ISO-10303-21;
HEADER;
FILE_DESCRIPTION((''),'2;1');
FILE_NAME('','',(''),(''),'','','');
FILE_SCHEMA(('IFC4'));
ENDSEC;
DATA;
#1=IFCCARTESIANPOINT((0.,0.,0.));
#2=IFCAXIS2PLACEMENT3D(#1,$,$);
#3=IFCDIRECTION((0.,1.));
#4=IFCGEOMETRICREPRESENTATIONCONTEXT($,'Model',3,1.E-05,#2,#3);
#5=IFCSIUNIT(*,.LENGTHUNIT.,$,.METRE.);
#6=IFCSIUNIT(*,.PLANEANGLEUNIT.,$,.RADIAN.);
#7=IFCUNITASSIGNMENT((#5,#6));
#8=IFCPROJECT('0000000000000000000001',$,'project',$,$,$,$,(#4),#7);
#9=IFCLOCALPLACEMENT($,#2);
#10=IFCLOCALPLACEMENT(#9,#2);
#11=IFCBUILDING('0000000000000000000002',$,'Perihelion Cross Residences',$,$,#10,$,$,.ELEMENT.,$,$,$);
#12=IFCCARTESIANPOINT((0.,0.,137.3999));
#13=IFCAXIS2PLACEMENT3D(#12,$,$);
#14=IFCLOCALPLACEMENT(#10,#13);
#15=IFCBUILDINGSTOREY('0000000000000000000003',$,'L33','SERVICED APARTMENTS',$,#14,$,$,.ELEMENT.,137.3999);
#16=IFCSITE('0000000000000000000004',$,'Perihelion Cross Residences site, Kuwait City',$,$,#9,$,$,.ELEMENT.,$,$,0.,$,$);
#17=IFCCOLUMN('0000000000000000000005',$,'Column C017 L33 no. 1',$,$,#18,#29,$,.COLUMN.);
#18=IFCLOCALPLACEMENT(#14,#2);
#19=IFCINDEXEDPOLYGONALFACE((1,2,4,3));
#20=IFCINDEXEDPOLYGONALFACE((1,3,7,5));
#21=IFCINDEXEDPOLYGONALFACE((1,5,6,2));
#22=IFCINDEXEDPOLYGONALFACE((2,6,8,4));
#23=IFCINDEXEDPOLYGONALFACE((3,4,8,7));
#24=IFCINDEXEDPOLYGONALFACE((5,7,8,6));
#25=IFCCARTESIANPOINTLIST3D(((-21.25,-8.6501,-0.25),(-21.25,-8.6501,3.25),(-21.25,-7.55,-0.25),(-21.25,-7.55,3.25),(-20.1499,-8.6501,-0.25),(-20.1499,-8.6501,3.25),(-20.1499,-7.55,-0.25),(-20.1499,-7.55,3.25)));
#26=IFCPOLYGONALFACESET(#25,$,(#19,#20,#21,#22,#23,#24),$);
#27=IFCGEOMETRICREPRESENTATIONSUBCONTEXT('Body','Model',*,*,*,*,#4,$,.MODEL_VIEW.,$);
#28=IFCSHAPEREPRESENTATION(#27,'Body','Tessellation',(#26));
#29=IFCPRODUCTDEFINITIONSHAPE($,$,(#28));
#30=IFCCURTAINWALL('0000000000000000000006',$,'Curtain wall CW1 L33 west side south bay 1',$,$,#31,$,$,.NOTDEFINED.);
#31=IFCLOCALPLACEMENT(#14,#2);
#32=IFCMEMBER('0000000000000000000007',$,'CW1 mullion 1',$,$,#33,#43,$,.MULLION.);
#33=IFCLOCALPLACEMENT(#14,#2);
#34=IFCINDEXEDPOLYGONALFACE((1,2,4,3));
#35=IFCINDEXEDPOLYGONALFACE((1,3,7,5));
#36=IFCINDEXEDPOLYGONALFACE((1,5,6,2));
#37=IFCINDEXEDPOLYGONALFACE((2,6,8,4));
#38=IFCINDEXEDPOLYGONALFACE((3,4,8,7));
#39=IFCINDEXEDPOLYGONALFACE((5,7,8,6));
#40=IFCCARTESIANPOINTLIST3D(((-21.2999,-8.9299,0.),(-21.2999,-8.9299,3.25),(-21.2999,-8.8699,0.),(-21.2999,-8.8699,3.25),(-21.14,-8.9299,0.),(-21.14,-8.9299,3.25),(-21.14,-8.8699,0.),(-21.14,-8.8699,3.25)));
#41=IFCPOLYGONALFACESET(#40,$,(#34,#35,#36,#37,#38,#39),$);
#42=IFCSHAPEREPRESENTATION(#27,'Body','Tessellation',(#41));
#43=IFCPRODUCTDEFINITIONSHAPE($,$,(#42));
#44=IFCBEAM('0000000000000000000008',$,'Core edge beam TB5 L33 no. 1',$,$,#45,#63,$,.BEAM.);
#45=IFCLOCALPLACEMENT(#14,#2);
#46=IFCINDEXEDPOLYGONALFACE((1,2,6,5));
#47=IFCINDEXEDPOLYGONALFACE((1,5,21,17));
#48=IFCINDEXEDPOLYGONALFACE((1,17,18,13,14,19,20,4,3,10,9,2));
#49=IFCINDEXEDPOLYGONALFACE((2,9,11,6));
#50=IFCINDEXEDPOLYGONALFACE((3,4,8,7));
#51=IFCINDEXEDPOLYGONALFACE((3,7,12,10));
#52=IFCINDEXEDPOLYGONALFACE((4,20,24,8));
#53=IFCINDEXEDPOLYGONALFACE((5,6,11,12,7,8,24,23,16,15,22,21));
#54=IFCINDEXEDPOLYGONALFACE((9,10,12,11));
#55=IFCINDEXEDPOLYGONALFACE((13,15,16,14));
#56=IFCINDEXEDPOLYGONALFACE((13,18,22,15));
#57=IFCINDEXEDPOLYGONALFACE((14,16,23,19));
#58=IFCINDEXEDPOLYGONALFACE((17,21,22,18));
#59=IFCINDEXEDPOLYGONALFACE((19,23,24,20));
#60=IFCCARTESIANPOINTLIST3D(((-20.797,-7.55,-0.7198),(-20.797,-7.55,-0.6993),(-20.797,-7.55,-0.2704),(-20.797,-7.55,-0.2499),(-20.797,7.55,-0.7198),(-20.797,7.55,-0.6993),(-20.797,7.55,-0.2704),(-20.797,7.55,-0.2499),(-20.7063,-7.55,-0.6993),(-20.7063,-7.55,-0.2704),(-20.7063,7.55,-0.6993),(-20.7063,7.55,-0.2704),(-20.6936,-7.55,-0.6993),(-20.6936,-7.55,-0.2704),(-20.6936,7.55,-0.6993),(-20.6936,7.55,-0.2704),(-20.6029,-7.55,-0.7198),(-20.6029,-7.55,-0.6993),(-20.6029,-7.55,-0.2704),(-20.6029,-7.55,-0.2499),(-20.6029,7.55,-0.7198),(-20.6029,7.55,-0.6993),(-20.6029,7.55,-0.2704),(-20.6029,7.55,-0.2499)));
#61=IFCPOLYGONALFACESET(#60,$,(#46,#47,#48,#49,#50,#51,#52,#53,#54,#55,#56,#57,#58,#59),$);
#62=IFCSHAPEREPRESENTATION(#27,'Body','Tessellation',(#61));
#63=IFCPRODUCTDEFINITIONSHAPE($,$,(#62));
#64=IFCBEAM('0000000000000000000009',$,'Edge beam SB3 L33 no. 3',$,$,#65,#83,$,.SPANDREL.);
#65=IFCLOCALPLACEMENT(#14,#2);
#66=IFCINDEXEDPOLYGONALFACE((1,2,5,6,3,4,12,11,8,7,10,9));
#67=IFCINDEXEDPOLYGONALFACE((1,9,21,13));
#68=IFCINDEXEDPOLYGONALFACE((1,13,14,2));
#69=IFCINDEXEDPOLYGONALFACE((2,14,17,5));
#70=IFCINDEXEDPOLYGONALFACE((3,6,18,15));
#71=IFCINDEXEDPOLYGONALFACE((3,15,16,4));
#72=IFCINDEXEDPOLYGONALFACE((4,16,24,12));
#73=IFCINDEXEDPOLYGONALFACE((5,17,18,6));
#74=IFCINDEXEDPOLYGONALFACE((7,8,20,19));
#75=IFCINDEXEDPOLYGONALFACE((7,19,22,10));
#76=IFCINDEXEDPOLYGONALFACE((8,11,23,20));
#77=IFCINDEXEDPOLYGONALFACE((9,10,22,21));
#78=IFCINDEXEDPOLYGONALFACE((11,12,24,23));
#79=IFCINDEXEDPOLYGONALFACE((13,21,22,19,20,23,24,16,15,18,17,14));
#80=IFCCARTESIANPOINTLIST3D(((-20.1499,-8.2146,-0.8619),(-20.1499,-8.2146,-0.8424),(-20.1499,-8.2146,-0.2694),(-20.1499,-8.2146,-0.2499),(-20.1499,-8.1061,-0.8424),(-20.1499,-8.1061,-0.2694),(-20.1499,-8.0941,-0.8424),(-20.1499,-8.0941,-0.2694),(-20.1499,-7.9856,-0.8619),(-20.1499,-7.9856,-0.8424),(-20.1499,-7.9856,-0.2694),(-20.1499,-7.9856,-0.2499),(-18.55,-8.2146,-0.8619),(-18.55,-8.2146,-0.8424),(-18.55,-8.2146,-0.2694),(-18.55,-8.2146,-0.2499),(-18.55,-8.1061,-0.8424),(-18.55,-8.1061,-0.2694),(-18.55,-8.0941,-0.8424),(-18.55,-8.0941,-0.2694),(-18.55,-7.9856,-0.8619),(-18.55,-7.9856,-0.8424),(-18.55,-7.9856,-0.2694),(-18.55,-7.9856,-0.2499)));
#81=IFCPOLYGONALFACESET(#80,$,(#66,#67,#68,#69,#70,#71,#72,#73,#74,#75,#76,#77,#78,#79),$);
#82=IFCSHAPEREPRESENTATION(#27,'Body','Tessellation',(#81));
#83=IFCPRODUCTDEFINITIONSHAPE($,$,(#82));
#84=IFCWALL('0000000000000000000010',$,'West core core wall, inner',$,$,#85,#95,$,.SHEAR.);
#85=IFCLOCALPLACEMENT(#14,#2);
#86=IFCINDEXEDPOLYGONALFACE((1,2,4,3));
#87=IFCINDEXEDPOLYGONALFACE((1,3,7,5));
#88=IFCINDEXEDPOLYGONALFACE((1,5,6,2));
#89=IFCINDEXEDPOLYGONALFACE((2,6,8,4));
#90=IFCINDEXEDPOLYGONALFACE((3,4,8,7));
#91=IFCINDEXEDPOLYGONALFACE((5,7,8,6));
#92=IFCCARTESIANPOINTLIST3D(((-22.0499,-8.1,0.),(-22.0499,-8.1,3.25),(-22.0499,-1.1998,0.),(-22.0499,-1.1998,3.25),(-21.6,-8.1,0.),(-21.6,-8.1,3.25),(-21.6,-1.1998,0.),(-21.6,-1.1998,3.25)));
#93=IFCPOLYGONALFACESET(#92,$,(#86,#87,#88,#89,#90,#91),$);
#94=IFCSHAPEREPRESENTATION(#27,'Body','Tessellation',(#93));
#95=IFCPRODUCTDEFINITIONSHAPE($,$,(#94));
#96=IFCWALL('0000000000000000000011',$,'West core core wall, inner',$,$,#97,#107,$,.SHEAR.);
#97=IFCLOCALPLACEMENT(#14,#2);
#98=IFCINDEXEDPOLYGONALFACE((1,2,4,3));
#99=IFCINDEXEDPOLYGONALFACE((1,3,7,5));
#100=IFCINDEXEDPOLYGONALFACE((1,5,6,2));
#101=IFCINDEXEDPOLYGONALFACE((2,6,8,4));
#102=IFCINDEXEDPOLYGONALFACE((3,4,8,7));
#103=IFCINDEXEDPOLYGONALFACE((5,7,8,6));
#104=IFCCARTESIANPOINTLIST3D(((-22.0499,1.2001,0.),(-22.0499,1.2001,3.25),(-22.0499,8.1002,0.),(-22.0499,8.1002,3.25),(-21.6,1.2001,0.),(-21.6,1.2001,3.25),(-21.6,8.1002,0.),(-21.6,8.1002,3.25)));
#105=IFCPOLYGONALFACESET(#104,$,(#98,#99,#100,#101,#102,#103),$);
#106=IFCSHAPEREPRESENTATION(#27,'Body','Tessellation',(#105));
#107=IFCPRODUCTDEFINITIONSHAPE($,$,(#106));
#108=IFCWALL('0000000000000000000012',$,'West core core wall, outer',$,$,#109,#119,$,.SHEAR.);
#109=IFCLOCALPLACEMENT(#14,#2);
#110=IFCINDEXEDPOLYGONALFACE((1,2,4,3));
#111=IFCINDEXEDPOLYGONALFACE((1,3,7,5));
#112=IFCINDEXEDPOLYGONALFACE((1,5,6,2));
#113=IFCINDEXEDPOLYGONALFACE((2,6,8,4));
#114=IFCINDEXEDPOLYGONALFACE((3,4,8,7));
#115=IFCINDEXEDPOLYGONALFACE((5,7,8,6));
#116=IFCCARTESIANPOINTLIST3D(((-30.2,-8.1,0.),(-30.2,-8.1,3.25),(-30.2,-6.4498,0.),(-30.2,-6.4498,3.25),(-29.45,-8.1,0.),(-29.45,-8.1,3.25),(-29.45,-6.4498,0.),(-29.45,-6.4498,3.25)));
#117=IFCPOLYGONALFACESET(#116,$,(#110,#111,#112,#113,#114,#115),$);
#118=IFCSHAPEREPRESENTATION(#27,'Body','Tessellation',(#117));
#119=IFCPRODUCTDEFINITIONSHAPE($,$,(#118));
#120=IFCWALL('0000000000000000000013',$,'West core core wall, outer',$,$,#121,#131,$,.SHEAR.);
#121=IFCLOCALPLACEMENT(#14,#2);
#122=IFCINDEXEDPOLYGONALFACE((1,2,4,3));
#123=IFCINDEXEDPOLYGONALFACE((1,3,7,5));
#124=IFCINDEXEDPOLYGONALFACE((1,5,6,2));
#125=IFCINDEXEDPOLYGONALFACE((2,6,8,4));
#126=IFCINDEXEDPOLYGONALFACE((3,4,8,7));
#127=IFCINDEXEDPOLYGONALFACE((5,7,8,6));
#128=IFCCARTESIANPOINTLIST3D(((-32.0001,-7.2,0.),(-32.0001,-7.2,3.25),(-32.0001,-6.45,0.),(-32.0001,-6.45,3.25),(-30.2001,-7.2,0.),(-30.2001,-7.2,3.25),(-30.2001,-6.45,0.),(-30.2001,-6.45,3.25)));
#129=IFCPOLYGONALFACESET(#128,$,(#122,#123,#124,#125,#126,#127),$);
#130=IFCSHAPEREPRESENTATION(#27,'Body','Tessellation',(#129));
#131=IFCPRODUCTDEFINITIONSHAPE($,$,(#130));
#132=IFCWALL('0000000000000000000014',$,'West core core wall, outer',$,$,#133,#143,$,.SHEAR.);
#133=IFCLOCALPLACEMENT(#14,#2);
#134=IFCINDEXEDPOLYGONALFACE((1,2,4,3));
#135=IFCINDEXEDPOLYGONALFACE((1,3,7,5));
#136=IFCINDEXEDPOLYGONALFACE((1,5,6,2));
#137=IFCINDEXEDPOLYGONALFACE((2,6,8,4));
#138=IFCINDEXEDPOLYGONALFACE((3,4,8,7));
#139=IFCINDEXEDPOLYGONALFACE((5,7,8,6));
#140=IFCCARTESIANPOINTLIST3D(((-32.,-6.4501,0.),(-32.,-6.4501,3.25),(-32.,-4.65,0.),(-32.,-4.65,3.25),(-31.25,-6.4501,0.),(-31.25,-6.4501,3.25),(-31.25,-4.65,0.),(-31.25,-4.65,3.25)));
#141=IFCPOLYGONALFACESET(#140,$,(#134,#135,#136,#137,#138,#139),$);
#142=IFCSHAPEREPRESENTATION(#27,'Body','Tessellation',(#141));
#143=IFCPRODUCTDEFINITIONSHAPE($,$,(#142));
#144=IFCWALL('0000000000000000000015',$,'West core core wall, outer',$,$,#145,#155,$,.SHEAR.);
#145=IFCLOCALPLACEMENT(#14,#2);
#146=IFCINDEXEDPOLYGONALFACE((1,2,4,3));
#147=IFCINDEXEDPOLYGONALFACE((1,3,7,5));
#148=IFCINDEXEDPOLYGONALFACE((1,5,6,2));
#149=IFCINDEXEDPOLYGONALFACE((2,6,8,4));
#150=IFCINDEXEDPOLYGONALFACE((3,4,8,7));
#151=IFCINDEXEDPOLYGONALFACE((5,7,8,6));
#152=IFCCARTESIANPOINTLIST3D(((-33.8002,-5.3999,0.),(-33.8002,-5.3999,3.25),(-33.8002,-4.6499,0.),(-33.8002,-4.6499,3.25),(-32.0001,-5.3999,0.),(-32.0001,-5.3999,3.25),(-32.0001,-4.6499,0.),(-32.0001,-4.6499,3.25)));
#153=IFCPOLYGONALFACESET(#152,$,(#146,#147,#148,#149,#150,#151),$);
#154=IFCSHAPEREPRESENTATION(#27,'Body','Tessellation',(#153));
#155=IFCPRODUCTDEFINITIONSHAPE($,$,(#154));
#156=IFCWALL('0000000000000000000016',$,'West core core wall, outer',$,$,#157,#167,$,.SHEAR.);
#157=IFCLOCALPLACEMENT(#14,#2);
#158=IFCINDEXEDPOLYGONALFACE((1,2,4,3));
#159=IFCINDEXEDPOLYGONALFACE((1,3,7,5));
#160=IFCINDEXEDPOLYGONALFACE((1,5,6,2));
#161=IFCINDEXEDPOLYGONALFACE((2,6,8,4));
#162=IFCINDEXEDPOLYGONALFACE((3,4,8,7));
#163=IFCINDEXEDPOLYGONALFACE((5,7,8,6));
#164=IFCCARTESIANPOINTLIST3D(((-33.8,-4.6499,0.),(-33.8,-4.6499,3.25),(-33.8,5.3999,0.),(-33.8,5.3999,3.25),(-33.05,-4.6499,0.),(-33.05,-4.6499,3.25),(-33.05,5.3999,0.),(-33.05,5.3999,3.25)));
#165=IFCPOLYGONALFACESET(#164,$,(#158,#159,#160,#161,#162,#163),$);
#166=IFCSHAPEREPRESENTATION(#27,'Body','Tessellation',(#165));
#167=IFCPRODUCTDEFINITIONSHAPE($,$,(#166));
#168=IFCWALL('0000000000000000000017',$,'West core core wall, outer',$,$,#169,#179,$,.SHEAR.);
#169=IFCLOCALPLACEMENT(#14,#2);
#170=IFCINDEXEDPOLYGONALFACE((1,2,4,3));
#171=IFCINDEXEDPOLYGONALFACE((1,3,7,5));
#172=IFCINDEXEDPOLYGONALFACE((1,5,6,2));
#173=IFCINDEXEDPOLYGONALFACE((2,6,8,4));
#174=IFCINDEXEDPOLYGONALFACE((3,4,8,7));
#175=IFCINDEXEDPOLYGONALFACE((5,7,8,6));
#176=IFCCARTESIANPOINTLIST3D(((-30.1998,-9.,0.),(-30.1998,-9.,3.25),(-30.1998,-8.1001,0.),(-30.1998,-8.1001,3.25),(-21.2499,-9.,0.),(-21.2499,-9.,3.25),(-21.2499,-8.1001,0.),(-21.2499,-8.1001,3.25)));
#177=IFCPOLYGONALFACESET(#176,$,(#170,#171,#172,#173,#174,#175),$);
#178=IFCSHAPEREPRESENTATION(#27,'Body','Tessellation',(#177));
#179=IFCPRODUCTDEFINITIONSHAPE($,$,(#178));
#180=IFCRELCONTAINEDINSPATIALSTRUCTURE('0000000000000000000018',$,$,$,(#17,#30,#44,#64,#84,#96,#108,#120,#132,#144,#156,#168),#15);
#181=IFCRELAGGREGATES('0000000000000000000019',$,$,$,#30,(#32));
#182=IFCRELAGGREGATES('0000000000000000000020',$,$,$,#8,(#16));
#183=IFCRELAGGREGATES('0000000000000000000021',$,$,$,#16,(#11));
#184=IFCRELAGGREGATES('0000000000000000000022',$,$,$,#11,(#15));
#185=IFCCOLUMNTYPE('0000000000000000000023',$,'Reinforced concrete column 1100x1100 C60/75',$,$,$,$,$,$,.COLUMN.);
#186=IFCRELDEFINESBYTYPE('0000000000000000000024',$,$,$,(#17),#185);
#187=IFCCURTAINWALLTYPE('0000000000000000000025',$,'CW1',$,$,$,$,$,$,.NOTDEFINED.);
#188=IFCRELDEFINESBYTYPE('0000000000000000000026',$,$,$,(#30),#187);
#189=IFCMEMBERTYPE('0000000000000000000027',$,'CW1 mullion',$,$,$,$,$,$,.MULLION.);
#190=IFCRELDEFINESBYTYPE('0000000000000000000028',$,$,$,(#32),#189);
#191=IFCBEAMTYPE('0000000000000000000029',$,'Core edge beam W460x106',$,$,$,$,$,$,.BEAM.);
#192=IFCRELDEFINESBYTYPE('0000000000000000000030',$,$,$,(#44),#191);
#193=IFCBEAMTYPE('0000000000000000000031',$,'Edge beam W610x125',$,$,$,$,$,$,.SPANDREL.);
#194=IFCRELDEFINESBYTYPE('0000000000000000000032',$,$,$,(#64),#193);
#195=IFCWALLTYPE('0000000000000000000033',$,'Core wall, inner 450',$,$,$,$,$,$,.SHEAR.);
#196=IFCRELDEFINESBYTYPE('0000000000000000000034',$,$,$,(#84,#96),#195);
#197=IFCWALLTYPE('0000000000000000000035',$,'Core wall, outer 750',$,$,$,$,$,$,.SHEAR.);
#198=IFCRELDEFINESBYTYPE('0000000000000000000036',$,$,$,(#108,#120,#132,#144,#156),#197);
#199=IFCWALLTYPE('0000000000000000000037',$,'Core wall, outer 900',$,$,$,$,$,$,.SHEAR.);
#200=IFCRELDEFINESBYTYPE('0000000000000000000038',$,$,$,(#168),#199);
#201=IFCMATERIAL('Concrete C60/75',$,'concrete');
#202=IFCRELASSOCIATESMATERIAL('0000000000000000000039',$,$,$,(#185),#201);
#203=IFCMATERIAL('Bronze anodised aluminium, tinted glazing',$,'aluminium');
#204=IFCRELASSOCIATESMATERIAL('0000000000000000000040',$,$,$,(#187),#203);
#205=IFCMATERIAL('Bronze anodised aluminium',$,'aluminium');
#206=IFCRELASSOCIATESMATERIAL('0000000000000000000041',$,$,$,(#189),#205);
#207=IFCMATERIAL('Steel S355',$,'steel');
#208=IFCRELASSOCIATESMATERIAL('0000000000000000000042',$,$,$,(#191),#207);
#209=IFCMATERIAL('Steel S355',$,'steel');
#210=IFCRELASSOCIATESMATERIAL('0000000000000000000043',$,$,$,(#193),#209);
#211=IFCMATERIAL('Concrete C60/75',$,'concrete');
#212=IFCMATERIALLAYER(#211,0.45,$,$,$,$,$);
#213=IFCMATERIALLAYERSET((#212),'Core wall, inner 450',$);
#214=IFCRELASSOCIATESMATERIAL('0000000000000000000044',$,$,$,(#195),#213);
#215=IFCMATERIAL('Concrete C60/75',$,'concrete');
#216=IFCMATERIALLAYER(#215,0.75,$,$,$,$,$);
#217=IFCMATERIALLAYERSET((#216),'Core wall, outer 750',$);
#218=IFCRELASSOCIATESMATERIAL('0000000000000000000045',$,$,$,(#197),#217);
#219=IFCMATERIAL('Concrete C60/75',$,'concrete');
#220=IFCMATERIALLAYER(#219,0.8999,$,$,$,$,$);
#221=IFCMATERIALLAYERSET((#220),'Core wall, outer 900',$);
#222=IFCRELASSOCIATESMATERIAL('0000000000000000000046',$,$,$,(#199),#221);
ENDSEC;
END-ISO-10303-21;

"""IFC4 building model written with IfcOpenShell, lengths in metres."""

from ifc_helpers import new_model, si_unit, direction, frame, frame_2d, origin, origin_2d, place, context, subcontext, project, spatial, rectangle, i_section, extrude, material, layer, layer_set, material_profile, profile_set, type_object, element, aggregate, save


model = new_model("IFC4")

# Units and contexts
model_context = context("Model", 3, precision=1e-05, world=origin(), true_north=direction((0.0, 1.0)))
body_context = subcontext(model_context, "Body", "Model", "MODEL_VIEW")
ifc_project = project(units=[si_unit("LENGTHUNIT", "METRE"), si_unit("PLANEANGLEUNIT", "RADIAN")], contexts=[model_context])

# Site, building, storey
site_placement = place(None, origin())
site = spatial("IfcSite", under=ifc_project, at=site_placement, Name="Perihelion Cross Residences site, Kuwait City", CompositionType="ELEMENT", RefElevation=0.0)
building_placement = place(site_placement, origin())
building = spatial("IfcBuilding", under=site, at=building_placement, Name="Perihelion Cross Residences", CompositionType="ELEMENT")
storey_placement = place(building_placement, frame((0.0, 0.0, 137.3999)))
storey = spatial("IfcBuildingStorey", under=building, at=storey_placement, Name="L33", Description="SERVICED APARTMENTS", CompositionType="ELEMENT", Elevation=137.3999)

# Column
ifc_material_1 = material(Name="Concrete C60/75", Category="concrete")
ifc_material_profile_1 = material_profile(ifc_material_1, rectangle(XDim=1.1001, YDim=1.1001, at=origin_2d()), Name="RC 1100x1100")
ifc_profile_set_1 = profile_set([ifc_material_profile_1], Name="Concrete C60/75")
column_type = type_object("IfcColumnType", Name="Reinforced concrete column 1100x1100 C60/75", PredefinedType="COLUMN", material=ifc_profile_set_1)
column_placement = place(storey_placement, frame((-20.7, -8.1001, -0.25), z_axis=(0.0, 0.0, 1.0), x_axis=(1.0, 0.0, 0.0)))
element("IfcColumn", 1, at=column_placement, inside=storey, type_object=column_type, Name="Column C017 L33 no. 1", PredefinedType="COLUMN", context=body_context, shape_type="SweptSolid", body=[
    extrude(rectangle(XDim=1.1001, YDim=1.1001, at=origin_2d()), origin(), (0.0, 0.0, 1.0), 3.5),
])

# Curtain wall, member
ifc_material_2 = material(Name="Bronze anodised aluminium, tinted glazing", Category="aluminium")
curtain_wall_type = type_object("IfcCurtainWallType", Name="CW1", PredefinedType="NOTDEFINED", material=ifc_material_2)
curtain_wall_placement = place(storey_placement, origin())
curtain_wall = element("IfcCurtainWall", 2, at=curtain_wall_placement, inside=storey, type_object=curtain_wall_type, Name="Curtain wall CW1 L33 west side south bay 1", PredefinedType="NOTDEFINED")
ifc_material_3 = material(Name="Bronze anodised aluminium", Category="aluminium")
ifc_material_profile_2 = material_profile(ifc_material_3, rectangle(XDim=0.0601, YDim=0.1599, at=origin_2d()), Name="CW1 mullion")
ifc_profile_set_2 = profile_set([ifc_material_profile_2], Name="Bronze anodised aluminium")
member_type = type_object("IfcMemberType", Name="CW1 mullion", PredefinedType="MULLION", material=ifc_profile_set_2)
member_placement = place(storey_placement, frame((-21.22, -8.8999, 0.0), z_axis=(0.0, 0.0, 1.0), x_axis=(0.0, 1.0, 0.0)))
member = element("IfcMember", 3, at=member_placement, type_object=member_type, Name="CW1 mullion 1", PredefinedType="MULLION", context=body_context, shape_type="SweptSolid", body=[
    extrude(rectangle(XDim=0.0601, YDim=0.1599, at=origin_2d()), origin(), (0.0, 0.0, 1.0), 3.25),
])
aggregate(curtain_wall, [member])

# Beams
ifc_material_4 = material(Name="Steel S355", Category="steel")
ifc_material_profile_3 = material_profile(ifc_material_4, i_section(OverallWidth=0.1941, OverallDepth=0.47, WebThickness=0.0127, FlangeThickness=0.0205, at=origin_2d()), Name="W460x106")
ifc_profile_set_3 = profile_set([ifc_material_profile_3], Name="Steel S355")
beam_type_1 = type_object("IfcBeamType", Name="Core edge beam W460x106", PredefinedType="BEAM", material=ifc_profile_set_3)
beam_1_placement = place(storey_placement, frame((-20.7, -7.55, -0.4849), z_axis=(0.0, 1.0, 0.0), x_axis=(-1.0, 0.0, 0.0)))
element("IfcBeam", 4, at=beam_1_placement, inside=storey, type_object=beam_type_1, Name="Core edge beam TB5 L33 no. 1", PredefinedType="BEAM", context=body_context, shape_type="SweptSolid", body=[
    extrude(i_section(OverallWidth=0.1941, OverallDepth=0.47, WebThickness=0.0127, FlangeThickness=0.0205, at=origin_2d()), origin(), (0.0, 0.0, 1.0), 15.1001),
])
ifc_material_5 = material(Name="Steel S355", Category="steel")
ifc_material_profile_4 = material_profile(ifc_material_5, i_section(OverallWidth=0.229, OverallDepth=0.6121, WebThickness=0.012, FlangeThickness=0.0195, at=origin_2d()), Name="W610x125")
ifc_profile_set_4 = profile_set([ifc_material_profile_4], Name="Steel S355")
beam_type_2 = type_object("IfcBeamType", Name="Edge beam W610x125", PredefinedType="SPANDREL", material=ifc_profile_set_4)
beam_2_placement = place(storey_placement, frame((-20.1499, -8.1001, -0.5559), z_axis=(1.0, 0.0, 0.0), x_axis=(0.0, 1.0, 0.0)))
element("IfcBeam", 5, at=beam_2_placement, inside=storey, type_object=beam_type_2, Name="Edge beam SB3 L33 no. 3", PredefinedType="SPANDREL", context=body_context, shape_type="SweptSolid", body=[
    extrude(i_section(OverallWidth=0.229, OverallDepth=0.6121, WebThickness=0.012, FlangeThickness=0.0195, at=origin_2d()), origin(), (0.0, 0.0, 1.0), 1.5999),
])

# Walls
ifc_material_6 = material(Name="Concrete C60/75", Category="concrete")
ifc_layer_1 = layer(ifc_material_6, 0.45)
ifc_layer_set_1 = layer_set([ifc_layer_1], Name="Core wall, inner 450")
wall_type_1 = type_object("IfcWallType", Name="Core wall, inner 450", PredefinedType="SHEAR", material=ifc_layer_set_1)
for number, where, z_axis, x_axis, name in (
    (6, (-21.825, -8.1001, 0.0), (0.0, 0.0, 1.0), (0.0, 1.0, 0.0), "West core core wall, inner"),
    (7, (-21.825, 1.2, 0.0), (0.0, 0.0, 1.0), (0.0, 1.0, 0.0), "West core core wall, inner"),
):
    element("IfcWall", number, at=place(storey_placement, frame(where, z_axis=z_axis, x_axis=x_axis)), inside=storey, type_object=wall_type_1, Name=name, PredefinedType="SHEAR", context=body_context, shape_type="SweptSolid", body=[
        extrude(rectangle(XDim=6.9001, YDim=0.45, at=frame_2d((3.4502, 0.0))), origin(), (0.0, 0.0, 1.0), 3.25),
    ])
ifc_material_7 = material(Name="Concrete C60/75", Category="concrete")
ifc_layer_2 = layer(ifc_material_7, 0.75)
ifc_layer_set_2 = layer_set([ifc_layer_2], Name="Core wall, outer 750")
wall_type_2 = type_object("IfcWallType", Name="Core wall, outer 750", PredefinedType="SHEAR", material=ifc_layer_set_2)
wall_1_placement = place(storey_placement, frame((-29.825, -8.1001, 0.0), z_axis=(0.0, 0.0, 1.0), x_axis=(0.0, 1.0, 0.0)))
element("IfcWall", 8, at=wall_1_placement, inside=storey, type_object=wall_type_2, Name="West core core wall, outer", PredefinedType="SHEAR", context=body_context, shape_type="SweptSolid", body=[
    extrude(rectangle(XDim=1.6501, YDim=0.75, at=frame_2d((0.8252, 0.0))), origin(), (0.0, 0.0, 1.0), 3.25),
])
for number, where, z_axis, x_axis, name in (
    (9, (-32.0, -6.825, 0.0), (0.0, 0.0, 1.0), (1.0, 0.0, 0.0), "West core core wall, outer"),
    (10, (-31.625, -6.45, 0.0), (0.0, 0.0, 1.0), (0.0, 1.0, 0.0), "West core core wall, outer"),
    (11, (-33.8, -5.0249, 0.0), (0.0, 0.0, 1.0), (1.0, 0.0, 0.0), "West core core wall, outer"),
):
    element("IfcWall", number, at=place(storey_placement, frame(where, z_axis=z_axis, x_axis=x_axis)), inside=storey, type_object=wall_type_2, Name=name, PredefinedType="SHEAR", context=body_context, shape_type="SweptSolid", body=[
        extrude(rectangle(XDim=1.8, YDim=0.75, at=frame_2d((0.8999, 0.0))), origin(), (0.0, 0.0, 1.0), 3.25),
    ])
wall_2_placement = place(storey_placement, frame((-33.425, -4.6499, 0.0), z_axis=(0.0, 0.0, 1.0), x_axis=(0.0, 1.0, 0.0)))
element("IfcWall", 12, at=wall_2_placement, inside=storey, type_object=wall_type_2, Name="West core core wall, outer", PredefinedType="SHEAR", context=body_context, shape_type="SweptSolid", body=[
    extrude(rectangle(XDim=10.0498, YDim=0.75, at=frame_2d((5.0249, 0.0))), origin(), (0.0, 0.0, 1.0), 3.25),
])
ifc_material_8 = material(Name="Concrete C60/75", Category="concrete")
ifc_layer_3 = layer(ifc_material_8, 0.8999)
ifc_layer_set_3 = layer_set([ifc_layer_3], Name="Core wall, outer 900")
wall_type_3 = type_object("IfcWallType", Name="Core wall, outer 900", PredefinedType="SHEAR", material=ifc_layer_set_3)
wall_3_placement = place(storey_placement, frame((-30.2, -8.55, 0.0), z_axis=(0.0, 0.0, 1.0), x_axis=(1.0, 0.0, 0.0)))
element("IfcWall", 13, at=wall_3_placement, inside=storey, type_object=wall_type_3, Name="West core core wall, outer", PredefinedType="SHEAR", context=body_context, shape_type="SweptSolid", body=[
    extrude(rectangle(XDim=8.95, YDim=0.8999, at=frame_2d((4.4751, 0.0))), origin(), (0.0, 0.0, 1.0), 3.25),
])

save(model, "model.ifc")
